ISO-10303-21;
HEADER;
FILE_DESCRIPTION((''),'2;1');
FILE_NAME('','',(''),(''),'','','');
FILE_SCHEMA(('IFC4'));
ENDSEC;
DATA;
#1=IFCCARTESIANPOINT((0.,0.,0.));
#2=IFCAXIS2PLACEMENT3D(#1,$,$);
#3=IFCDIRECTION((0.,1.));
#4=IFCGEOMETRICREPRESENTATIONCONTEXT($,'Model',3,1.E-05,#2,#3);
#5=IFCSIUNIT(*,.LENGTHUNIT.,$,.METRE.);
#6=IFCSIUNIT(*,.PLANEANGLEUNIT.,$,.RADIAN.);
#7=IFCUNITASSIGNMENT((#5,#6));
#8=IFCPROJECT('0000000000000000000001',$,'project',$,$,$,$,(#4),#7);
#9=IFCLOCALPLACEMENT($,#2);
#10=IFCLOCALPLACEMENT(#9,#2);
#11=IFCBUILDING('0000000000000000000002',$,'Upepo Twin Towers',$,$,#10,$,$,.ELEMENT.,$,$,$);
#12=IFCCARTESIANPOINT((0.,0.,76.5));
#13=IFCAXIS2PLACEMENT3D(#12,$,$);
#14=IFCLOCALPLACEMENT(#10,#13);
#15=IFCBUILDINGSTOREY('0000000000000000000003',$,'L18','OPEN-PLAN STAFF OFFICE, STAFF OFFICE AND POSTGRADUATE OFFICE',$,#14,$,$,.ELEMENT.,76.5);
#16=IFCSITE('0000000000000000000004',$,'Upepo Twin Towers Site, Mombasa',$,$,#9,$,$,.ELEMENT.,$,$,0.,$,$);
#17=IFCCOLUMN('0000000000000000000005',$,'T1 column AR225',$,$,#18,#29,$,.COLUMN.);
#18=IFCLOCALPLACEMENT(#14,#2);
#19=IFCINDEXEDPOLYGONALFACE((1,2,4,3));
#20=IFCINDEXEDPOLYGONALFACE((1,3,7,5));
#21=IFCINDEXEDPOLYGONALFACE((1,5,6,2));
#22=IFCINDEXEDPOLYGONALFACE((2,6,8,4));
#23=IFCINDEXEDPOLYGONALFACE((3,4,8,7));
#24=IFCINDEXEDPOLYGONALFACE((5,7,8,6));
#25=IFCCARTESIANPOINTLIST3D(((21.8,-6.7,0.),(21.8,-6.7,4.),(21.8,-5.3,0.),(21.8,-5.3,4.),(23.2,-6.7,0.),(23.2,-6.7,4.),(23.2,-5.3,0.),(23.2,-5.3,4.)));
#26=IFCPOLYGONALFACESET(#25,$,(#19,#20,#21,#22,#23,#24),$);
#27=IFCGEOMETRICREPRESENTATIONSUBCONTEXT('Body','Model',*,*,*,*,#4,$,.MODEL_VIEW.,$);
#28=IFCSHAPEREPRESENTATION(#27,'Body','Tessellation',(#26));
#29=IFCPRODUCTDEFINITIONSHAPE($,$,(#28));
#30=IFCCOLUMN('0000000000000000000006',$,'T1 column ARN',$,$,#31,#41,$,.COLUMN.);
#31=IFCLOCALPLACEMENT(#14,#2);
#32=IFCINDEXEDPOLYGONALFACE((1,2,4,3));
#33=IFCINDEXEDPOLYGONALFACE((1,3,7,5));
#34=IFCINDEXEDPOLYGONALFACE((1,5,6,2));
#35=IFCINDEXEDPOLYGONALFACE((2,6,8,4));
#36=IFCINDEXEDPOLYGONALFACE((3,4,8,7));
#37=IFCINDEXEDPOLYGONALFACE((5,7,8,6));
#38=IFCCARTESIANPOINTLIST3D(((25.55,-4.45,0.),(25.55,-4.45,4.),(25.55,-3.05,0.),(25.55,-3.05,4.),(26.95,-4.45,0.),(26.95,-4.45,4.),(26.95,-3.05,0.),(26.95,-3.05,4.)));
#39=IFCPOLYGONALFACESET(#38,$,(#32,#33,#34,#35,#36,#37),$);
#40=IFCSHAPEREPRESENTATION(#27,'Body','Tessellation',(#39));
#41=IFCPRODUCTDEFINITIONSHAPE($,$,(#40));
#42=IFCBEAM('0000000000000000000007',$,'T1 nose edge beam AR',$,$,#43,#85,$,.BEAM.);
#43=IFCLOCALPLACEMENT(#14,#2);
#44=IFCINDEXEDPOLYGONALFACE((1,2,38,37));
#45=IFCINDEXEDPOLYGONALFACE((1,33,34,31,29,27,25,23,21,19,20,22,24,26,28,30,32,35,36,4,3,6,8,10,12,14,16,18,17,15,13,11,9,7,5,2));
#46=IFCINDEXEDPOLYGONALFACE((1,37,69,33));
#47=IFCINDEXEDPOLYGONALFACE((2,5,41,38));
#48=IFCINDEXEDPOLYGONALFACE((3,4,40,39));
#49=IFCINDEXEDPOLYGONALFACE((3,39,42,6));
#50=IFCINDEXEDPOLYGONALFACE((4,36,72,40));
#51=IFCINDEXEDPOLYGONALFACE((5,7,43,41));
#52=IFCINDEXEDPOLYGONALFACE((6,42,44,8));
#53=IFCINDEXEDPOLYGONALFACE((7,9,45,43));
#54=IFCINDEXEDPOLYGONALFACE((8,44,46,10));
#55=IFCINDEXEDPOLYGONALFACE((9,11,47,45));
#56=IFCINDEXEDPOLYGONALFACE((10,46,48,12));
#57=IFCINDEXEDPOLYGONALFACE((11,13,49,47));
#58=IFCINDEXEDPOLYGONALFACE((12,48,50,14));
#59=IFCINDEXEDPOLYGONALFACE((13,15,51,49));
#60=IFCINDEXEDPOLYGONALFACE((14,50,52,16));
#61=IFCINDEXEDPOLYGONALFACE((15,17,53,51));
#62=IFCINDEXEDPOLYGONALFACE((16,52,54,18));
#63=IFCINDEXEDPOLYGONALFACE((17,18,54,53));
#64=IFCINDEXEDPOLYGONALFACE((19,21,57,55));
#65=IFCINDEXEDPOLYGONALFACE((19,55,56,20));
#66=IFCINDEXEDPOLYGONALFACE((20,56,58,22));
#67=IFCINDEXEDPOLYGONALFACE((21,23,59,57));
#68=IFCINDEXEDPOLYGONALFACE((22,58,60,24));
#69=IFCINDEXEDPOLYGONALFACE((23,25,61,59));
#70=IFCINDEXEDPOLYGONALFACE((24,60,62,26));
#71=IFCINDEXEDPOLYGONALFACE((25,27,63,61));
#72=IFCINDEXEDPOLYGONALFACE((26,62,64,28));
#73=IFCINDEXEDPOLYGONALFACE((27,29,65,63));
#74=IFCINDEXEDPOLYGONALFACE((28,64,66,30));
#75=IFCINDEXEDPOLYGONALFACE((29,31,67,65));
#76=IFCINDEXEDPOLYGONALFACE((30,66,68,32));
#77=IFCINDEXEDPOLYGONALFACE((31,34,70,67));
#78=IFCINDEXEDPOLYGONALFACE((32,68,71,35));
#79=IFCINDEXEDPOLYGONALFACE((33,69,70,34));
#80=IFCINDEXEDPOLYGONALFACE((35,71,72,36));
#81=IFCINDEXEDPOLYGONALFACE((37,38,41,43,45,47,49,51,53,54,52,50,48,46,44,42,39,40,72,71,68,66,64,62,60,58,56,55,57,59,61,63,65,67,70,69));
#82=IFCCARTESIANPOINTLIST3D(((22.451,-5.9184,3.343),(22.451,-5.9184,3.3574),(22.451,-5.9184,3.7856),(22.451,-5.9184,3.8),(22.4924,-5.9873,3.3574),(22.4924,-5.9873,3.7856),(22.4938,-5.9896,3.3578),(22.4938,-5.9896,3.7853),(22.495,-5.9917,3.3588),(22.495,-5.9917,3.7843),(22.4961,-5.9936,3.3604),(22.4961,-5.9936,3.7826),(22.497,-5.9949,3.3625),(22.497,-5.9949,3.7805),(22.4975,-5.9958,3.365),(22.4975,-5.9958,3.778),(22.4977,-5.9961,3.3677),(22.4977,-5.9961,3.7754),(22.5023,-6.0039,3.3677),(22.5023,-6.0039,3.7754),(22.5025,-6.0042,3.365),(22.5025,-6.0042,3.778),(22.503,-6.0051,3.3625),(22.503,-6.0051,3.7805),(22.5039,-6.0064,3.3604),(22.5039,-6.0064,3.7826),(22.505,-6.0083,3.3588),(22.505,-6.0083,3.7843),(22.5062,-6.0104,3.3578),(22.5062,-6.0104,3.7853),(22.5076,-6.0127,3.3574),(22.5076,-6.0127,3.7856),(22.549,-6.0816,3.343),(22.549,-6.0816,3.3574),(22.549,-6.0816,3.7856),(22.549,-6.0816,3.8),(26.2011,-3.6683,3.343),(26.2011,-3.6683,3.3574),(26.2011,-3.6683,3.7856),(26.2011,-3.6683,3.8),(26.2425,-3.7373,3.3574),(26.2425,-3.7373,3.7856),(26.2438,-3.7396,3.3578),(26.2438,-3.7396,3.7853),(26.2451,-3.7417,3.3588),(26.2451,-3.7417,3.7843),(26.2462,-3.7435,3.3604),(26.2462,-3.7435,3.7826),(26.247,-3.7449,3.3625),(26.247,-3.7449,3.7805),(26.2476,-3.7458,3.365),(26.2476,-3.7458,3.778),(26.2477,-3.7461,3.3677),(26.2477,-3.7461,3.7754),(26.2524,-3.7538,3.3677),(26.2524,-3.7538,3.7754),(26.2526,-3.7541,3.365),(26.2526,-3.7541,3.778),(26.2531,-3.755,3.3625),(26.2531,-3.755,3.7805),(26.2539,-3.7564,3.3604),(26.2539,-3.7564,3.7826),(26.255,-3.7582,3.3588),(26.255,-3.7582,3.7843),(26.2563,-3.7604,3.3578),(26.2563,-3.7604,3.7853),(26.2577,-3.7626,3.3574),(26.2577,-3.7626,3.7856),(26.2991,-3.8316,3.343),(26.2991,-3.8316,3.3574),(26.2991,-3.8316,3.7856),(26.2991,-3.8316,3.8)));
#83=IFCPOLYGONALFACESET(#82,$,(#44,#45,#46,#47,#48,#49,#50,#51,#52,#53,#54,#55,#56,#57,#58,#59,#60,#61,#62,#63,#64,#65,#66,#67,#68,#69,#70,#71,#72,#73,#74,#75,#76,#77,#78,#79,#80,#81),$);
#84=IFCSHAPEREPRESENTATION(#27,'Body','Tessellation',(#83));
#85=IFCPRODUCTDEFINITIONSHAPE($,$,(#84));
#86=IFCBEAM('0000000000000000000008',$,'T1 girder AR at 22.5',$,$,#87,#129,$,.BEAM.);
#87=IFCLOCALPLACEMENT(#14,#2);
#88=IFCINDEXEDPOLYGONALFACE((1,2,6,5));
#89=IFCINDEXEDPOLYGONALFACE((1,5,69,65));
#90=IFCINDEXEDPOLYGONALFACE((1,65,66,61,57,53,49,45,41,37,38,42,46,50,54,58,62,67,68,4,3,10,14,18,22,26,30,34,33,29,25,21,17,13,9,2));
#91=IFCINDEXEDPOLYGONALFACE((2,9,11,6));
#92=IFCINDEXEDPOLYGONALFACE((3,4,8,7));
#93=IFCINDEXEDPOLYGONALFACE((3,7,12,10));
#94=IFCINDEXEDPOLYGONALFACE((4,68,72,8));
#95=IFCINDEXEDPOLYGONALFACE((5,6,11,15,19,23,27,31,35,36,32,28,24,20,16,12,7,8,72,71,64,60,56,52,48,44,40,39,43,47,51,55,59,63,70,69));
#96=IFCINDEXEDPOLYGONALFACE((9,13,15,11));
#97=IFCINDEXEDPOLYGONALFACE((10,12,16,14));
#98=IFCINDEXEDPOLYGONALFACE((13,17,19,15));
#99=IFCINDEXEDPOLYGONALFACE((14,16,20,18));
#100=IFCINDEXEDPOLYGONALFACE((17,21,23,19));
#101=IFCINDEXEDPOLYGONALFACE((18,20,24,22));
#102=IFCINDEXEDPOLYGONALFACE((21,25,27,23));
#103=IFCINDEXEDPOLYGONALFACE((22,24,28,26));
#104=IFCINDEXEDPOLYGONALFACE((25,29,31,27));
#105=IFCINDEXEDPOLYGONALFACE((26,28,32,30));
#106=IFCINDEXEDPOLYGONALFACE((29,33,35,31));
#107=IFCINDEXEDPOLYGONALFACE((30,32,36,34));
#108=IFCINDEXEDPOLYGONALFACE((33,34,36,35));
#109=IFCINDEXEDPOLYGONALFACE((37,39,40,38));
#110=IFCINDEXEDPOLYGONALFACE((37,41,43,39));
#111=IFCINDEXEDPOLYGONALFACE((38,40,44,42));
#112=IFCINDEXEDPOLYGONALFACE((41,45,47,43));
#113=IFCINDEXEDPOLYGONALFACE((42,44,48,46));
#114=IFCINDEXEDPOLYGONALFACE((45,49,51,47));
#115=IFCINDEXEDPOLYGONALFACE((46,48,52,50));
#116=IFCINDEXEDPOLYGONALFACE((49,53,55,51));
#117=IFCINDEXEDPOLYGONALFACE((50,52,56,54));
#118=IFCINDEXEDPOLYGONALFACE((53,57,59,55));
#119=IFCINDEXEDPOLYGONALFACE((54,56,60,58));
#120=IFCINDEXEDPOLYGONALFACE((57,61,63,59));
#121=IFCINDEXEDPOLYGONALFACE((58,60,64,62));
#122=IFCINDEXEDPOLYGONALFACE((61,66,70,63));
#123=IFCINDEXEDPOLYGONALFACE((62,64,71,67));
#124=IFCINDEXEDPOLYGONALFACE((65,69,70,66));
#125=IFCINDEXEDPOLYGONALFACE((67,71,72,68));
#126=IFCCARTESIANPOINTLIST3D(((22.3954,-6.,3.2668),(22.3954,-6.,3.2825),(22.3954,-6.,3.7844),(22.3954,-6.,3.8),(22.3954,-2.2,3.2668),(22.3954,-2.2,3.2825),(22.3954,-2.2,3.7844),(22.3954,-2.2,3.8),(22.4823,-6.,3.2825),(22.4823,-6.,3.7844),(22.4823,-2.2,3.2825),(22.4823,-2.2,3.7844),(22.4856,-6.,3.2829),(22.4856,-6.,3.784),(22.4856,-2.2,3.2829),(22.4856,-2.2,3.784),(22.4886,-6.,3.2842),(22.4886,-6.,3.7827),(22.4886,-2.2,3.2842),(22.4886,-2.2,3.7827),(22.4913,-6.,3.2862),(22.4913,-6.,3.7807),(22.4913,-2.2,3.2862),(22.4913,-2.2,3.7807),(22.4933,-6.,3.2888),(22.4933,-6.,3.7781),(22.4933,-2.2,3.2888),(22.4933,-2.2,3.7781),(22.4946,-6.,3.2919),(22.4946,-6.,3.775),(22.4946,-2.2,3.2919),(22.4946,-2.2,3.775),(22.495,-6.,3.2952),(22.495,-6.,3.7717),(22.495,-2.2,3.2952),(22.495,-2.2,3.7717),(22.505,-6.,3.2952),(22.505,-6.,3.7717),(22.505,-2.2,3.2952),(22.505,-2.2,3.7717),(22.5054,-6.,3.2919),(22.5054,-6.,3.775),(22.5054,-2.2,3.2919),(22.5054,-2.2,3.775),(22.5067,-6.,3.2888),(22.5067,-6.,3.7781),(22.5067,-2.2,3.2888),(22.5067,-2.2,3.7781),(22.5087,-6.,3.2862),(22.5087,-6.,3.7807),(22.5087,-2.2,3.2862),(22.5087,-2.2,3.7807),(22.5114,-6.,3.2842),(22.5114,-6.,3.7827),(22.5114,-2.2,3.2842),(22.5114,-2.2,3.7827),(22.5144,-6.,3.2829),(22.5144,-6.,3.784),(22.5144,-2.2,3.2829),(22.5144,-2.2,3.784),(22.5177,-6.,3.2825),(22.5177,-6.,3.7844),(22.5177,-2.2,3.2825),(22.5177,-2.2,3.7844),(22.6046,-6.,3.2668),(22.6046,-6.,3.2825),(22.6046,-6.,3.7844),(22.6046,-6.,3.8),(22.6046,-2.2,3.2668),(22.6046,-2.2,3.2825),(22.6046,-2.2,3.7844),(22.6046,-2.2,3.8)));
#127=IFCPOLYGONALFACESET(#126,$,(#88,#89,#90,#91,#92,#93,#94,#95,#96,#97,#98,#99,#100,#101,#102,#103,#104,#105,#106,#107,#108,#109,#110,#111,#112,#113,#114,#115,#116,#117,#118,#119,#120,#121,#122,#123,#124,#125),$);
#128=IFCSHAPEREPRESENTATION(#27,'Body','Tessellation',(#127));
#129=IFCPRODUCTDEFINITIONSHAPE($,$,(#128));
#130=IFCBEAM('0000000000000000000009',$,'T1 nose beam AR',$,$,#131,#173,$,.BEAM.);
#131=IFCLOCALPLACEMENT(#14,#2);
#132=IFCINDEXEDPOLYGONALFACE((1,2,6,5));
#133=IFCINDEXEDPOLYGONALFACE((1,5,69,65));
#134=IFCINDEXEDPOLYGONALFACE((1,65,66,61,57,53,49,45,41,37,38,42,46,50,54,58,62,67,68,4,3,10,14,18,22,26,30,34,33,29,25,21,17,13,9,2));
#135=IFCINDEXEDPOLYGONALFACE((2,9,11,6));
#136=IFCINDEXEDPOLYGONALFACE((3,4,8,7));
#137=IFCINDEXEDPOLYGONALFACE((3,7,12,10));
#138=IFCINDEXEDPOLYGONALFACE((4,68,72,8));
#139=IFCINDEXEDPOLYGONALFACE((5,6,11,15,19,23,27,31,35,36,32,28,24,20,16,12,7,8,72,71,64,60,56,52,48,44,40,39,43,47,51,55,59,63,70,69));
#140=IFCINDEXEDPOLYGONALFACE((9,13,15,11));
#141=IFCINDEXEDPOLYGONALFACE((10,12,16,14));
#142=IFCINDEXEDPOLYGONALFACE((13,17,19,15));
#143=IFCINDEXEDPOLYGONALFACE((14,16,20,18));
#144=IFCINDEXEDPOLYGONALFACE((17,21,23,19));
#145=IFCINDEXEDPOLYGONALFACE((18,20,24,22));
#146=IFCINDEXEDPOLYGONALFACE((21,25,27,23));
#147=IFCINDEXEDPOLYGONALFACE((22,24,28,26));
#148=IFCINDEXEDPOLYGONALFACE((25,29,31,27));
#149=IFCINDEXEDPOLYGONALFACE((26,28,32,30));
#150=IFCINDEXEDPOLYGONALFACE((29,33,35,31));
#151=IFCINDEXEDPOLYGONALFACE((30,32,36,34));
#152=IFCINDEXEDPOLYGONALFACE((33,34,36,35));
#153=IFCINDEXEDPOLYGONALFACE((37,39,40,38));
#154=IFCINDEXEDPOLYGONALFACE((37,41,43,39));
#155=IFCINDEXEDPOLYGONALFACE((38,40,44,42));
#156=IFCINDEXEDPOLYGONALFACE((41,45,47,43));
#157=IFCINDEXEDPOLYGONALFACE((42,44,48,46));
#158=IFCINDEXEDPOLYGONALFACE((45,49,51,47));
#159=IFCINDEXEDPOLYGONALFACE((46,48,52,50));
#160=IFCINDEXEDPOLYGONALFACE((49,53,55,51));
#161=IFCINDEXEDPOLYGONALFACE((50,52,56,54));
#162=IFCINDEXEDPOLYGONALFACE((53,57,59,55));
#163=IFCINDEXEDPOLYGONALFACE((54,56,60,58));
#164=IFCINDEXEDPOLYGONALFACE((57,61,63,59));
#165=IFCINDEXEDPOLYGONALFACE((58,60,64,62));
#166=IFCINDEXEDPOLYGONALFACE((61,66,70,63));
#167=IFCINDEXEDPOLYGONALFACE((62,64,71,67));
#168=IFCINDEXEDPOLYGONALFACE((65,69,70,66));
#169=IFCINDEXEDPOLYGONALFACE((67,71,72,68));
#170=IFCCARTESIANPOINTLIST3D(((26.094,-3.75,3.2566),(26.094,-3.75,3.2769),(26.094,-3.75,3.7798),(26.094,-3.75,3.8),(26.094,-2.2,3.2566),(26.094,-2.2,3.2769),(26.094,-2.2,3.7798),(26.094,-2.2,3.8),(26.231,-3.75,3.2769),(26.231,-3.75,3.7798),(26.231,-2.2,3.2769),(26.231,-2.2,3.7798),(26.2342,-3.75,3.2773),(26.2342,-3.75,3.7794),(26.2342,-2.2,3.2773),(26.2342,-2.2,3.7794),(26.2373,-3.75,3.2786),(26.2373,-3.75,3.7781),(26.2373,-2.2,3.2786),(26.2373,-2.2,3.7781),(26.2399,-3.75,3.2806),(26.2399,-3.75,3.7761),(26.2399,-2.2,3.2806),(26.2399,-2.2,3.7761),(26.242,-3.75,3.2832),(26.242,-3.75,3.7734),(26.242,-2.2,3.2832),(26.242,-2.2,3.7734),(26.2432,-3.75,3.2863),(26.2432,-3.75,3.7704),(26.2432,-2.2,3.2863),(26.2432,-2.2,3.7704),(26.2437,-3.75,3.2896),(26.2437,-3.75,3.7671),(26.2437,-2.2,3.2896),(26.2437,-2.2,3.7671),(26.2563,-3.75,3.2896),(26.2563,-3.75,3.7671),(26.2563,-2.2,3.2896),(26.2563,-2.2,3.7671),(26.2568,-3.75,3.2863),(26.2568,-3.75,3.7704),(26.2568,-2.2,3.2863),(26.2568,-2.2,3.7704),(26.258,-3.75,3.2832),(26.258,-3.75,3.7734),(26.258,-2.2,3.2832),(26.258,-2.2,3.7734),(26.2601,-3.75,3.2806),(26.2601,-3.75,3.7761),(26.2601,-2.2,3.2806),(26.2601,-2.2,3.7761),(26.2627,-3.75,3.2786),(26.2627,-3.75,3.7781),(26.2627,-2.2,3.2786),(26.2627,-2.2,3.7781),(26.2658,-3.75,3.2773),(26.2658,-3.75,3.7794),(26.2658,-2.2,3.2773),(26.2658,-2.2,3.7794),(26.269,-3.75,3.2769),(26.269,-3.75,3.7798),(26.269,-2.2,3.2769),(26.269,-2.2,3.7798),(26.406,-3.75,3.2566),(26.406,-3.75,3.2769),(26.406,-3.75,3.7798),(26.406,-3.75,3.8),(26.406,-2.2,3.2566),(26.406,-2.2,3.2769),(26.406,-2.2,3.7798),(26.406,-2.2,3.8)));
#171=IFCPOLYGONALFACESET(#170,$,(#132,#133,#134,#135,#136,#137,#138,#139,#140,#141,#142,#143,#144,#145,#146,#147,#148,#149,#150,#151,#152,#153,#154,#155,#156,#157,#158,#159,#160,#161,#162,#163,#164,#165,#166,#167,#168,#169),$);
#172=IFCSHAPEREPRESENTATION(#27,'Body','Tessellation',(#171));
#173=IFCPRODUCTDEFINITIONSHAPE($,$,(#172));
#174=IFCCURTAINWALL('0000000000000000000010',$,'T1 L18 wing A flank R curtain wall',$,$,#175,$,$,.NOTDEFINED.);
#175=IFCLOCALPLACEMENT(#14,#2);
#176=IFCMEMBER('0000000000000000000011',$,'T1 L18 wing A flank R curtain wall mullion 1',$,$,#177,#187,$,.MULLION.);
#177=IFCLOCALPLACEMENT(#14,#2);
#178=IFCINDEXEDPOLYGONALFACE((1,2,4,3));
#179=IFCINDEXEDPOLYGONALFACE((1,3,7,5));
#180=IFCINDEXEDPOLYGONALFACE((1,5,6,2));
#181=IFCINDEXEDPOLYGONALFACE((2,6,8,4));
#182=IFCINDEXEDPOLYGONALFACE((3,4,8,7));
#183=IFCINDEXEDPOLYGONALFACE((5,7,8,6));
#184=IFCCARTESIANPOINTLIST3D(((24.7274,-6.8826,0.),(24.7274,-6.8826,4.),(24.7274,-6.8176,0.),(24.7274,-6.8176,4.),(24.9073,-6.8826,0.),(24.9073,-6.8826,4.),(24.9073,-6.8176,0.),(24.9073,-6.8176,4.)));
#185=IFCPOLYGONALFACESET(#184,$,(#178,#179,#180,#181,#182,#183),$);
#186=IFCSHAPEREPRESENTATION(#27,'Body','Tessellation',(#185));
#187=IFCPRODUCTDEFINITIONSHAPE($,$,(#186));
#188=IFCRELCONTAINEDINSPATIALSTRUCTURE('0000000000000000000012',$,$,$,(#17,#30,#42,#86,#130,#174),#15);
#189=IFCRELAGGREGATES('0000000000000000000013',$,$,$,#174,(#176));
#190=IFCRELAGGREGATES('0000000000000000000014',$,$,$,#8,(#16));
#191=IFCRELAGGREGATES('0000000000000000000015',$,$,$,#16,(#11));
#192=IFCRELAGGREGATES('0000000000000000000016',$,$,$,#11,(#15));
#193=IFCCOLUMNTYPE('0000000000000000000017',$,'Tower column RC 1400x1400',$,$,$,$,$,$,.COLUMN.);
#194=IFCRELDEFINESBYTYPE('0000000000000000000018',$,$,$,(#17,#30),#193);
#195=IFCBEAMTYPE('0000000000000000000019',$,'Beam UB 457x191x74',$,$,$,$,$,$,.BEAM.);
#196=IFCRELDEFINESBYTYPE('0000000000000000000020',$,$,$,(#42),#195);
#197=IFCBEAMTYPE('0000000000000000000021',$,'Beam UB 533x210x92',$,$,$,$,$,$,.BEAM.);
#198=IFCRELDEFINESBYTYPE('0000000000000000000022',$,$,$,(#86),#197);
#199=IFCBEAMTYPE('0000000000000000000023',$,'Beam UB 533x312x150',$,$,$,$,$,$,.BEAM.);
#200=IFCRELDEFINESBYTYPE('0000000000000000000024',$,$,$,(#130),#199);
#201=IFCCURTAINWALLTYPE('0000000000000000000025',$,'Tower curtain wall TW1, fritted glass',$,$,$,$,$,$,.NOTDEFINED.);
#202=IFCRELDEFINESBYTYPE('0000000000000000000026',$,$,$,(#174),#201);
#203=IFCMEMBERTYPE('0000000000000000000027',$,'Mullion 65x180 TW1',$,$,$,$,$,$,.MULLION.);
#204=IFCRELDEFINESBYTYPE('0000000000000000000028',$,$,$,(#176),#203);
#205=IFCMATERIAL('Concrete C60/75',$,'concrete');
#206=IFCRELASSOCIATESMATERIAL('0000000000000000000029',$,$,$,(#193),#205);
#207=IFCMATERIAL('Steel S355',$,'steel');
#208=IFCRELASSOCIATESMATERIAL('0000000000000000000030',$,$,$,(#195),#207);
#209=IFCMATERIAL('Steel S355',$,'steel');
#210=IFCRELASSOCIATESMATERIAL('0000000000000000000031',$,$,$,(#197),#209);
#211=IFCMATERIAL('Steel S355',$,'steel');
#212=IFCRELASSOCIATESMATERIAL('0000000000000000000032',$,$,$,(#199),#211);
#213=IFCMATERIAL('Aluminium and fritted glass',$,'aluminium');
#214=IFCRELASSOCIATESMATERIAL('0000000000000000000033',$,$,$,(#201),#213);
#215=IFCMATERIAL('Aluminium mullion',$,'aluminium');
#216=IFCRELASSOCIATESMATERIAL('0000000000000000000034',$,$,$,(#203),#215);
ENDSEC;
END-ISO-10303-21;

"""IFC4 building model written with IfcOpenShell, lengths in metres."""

from ifc_helpers import new_model, si_unit, direction, frame, origin, origin_2d, place, context, subcontext, project, spatial, rectangle, i_section, extrude, material, material_profile, profile_set, type_object, element, aggregate, save


model = new_model("IFC4")

# Units and contexts
model_context = context("Model", 3, precision=1e-05, world=origin(), true_north=direction((0.0, 1.0)))
body_context = subcontext(model_context, "Body", "Model", "MODEL_VIEW")
ifc_project = project(units=[si_unit("LENGTHUNIT", "METRE"), si_unit("PLANEANGLEUNIT", "RADIAN")], contexts=[model_context])

# Site, building, storey
site_placement = place(None, origin())
site = spatial("IfcSite", under=ifc_project, at=site_placement, Name="Upepo Twin Towers Site, Mombasa", CompositionType="ELEMENT", RefElevation=0.0)
building_placement = place(site_placement, origin())
building = spatial("IfcBuilding", under=site, at=building_placement, Name="Upepo Twin Towers", CompositionType="ELEMENT")
storey_placement = place(building_placement, frame((0.0, 0.0, 76.5)))
storey = spatial("IfcBuildingStorey", under=building, at=storey_placement, Name="L18", Description="OPEN-PLAN STAFF OFFICE, STAFF OFFICE AND POSTGRADUATE OFFICE", CompositionType="ELEMENT", Elevation=76.5)

# Columns
ifc_material_1 = material(Name="Concrete C60/75", Category="concrete")
ifc_material_profile_1 = material_profile(ifc_material_1, rectangle(XDim=1.3999, YDim=1.3999, at=origin_2d()), Name="RC 1400x1400")
ifc_profile_set_1 = profile_set([ifc_material_profile_1], Name="Concrete C60/75")
column_type = type_object("IfcColumnType", Name="Tower column RC 1400x1400", PredefinedType="COLUMN", material=ifc_profile_set_1)
for number, where, z_axis, x_axis, name in (
    (1, (22.5, -6.0, 0.0), (0.0, 0.0, 1.0), (1.0, 0.0, 0.0), "T1 column AR225"),
    (2, (26.25, -3.75, 0.0), (0.0, 0.0, 1.0), (1.0, 0.0, 0.0), "T1 column ARN"),
):
    element("IfcColumn", number, at=place(storey_placement, frame(where, z_axis=z_axis, x_axis=x_axis)), inside=storey, type_object=column_type, Name=name, PredefinedType="COLUMN", context=body_context, shape_type="SweptSolid", body=[
        extrude(rectangle(XDim=1.3999, YDim=1.3999, at=origin_2d()), origin(), (0.0, 0.0, 1.0), 4.0),
    ])

# Beams
ifc_material_2 = material(Name="Steel S355", Category="steel")
ifc_material_profile_2 = material_profile(ifc_material_2, i_section(OverallWidth=0.1904, OverallDepth=0.457, WebThickness=0.009, FlangeThickness=0.0144, FilletRadius=0.0103, at=origin_2d()), Name="UB 457x191x74")
ifc_profile_set_2 = profile_set([ifc_material_profile_2], Name="Steel S355")
beam_type_1 = type_object("IfcBeamType", Name="Beam UB 457x191x74", PredefinedType="BEAM", material=ifc_profile_set_2)
beam_1_placement = place(storey_placement, frame((22.5, -6.0, 3.5715), z_axis=(0.857493, 0.514496, 0.0), x_axis=(-0.514496, 0.857493, 0.0)))
element("IfcBeam", 3, at=beam_1_placement, inside=storey, type_object=beam_type_1, Name="T1 nose edge beam AR", PredefinedType="BEAM", context=body_context, shape_type="SweptSolid", body=[
    extrude(i_section(OverallWidth=0.1904, OverallDepth=0.457, WebThickness=0.009, FlangeThickness=0.0144, FilletRadius=0.0103, at=origin_2d()), origin(), (0.0, 0.0, 1.0), 4.3733),
])
ifc_material_3 = material(Name="Steel S355", Category="steel")
ifc_material_profile_3 = material_profile(ifc_material_3, i_section(OverallWidth=0.2092, OverallDepth=0.5332, WebThickness=0.01, FlangeThickness=0.0156, FilletRadius=0.0127, at=origin_2d()), Name="UB 533x210x92")
ifc_profile_set_3 = profile_set([ifc_material_profile_3], Name="Steel S355")
beam_type_2 = type_object("IfcBeamType", Name="Beam UB 533x210x92", PredefinedType="BEAM", material=ifc_profile_set_3)
beam_2_placement = place(storey_placement, frame((22.5, -6.0, 3.5334), z_axis=(0.0, 1.0, 0.0), x_axis=(-1.0, 0.0, 0.0)))
element("IfcBeam", 4, at=beam_2_placement, inside=storey, type_object=beam_type_2, Name="T1 girder AR at 22.5", PredefinedType="BEAM", context=body_context, shape_type="SweptSolid", body=[
    extrude(i_section(OverallWidth=0.2092, OverallDepth=0.5332, WebThickness=0.01, FlangeThickness=0.0156, FilletRadius=0.0127, at=origin_2d()), origin(), (0.0, 0.0, 1.0), 3.8),
])
ifc_material_4 = material(Name="Steel S355", Category="steel")
ifc_material_profile_4 = material_profile(ifc_material_4, i_section(OverallWidth=0.312, OverallDepth=0.5435, WebThickness=0.0127, FlangeThickness=0.0203, FilletRadius=0.0127, at=origin_2d()), Name="UB 533x312x150")
ifc_profile_set_4 = profile_set([ifc_material_profile_4], Name="Steel S355")
beam_type_3 = type_object("IfcBeamType", Name="Beam UB 533x312x150", PredefinedType="BEAM", material=ifc_profile_set_4)
beam_3_placement = place(storey_placement, frame((26.25, -3.75, 3.5283), z_axis=(0.0, 1.0, 0.0), x_axis=(-1.0, 0.0, 0.0)))
element("IfcBeam", 5, at=beam_3_placement, inside=storey, type_object=beam_type_3, Name="T1 nose beam AR", PredefinedType="BEAM", context=body_context, shape_type="SweptSolid", body=[
    extrude(i_section(OverallWidth=0.312, OverallDepth=0.5435, WebThickness=0.0127, FlangeThickness=0.0203, FilletRadius=0.0127, at=origin_2d()), origin(), (0.0, 0.0, 1.0), 1.55),
])

# Curtain wall, member
ifc_material_5 = material(Name="Aluminium and fritted glass", Category="aluminium")
curtain_wall_type = type_object("IfcCurtainWallType", Name="Tower curtain wall TW1, fritted glass", PredefinedType="NOTDEFINED", material=ifc_material_5)
curtain_wall_1_placement = place(storey_placement, origin())
curtain_wall_1 = element("IfcCurtainWall", 6, at=curtain_wall_1_placement, inside=storey, type_object=curtain_wall_type, Name="T1 L18 wing A flank R curtain wall", PredefinedType="NOTDEFINED")
ifc_material_6 = material(Name="Aluminium mullion", Category="aluminium")
ifc_material_profile_5 = material_profile(ifc_material_6, rectangle(XDim=0.0649, YDim=0.1799, at=origin_2d()), Name="MULLION 65x180")
ifc_profile_set_5 = profile_set([ifc_material_profile_5], Name="Aluminium mullion")
member_type_1 = type_object("IfcMemberType", Name="Mullion 65x180 TW1", PredefinedType="MULLION", material=ifc_profile_set_5)
member_1_placement = place(storey_placement, frame((24.8174, -6.8501, 0.0), z_axis=(0.0, 0.0, 1.0), x_axis=(0.0, -1.0, 0.0)))
member_1 = element("IfcMember", 7, at=member_1_placement, type_object=member_type_1, Name="T1 L18 wing A flank R curtain wall mullion 1", PredefinedType="MULLION", context=body_context, shape_type="SweptSolid", body=[
    extrude(rectangle(XDim=0.0649, YDim=0.1799, at=origin_2d()), origin(), (0.0, 0.0, 1.0), 4.0),
])

aggregate(curtain_wall_1, [member_1])

save(model, "model.ifc")
